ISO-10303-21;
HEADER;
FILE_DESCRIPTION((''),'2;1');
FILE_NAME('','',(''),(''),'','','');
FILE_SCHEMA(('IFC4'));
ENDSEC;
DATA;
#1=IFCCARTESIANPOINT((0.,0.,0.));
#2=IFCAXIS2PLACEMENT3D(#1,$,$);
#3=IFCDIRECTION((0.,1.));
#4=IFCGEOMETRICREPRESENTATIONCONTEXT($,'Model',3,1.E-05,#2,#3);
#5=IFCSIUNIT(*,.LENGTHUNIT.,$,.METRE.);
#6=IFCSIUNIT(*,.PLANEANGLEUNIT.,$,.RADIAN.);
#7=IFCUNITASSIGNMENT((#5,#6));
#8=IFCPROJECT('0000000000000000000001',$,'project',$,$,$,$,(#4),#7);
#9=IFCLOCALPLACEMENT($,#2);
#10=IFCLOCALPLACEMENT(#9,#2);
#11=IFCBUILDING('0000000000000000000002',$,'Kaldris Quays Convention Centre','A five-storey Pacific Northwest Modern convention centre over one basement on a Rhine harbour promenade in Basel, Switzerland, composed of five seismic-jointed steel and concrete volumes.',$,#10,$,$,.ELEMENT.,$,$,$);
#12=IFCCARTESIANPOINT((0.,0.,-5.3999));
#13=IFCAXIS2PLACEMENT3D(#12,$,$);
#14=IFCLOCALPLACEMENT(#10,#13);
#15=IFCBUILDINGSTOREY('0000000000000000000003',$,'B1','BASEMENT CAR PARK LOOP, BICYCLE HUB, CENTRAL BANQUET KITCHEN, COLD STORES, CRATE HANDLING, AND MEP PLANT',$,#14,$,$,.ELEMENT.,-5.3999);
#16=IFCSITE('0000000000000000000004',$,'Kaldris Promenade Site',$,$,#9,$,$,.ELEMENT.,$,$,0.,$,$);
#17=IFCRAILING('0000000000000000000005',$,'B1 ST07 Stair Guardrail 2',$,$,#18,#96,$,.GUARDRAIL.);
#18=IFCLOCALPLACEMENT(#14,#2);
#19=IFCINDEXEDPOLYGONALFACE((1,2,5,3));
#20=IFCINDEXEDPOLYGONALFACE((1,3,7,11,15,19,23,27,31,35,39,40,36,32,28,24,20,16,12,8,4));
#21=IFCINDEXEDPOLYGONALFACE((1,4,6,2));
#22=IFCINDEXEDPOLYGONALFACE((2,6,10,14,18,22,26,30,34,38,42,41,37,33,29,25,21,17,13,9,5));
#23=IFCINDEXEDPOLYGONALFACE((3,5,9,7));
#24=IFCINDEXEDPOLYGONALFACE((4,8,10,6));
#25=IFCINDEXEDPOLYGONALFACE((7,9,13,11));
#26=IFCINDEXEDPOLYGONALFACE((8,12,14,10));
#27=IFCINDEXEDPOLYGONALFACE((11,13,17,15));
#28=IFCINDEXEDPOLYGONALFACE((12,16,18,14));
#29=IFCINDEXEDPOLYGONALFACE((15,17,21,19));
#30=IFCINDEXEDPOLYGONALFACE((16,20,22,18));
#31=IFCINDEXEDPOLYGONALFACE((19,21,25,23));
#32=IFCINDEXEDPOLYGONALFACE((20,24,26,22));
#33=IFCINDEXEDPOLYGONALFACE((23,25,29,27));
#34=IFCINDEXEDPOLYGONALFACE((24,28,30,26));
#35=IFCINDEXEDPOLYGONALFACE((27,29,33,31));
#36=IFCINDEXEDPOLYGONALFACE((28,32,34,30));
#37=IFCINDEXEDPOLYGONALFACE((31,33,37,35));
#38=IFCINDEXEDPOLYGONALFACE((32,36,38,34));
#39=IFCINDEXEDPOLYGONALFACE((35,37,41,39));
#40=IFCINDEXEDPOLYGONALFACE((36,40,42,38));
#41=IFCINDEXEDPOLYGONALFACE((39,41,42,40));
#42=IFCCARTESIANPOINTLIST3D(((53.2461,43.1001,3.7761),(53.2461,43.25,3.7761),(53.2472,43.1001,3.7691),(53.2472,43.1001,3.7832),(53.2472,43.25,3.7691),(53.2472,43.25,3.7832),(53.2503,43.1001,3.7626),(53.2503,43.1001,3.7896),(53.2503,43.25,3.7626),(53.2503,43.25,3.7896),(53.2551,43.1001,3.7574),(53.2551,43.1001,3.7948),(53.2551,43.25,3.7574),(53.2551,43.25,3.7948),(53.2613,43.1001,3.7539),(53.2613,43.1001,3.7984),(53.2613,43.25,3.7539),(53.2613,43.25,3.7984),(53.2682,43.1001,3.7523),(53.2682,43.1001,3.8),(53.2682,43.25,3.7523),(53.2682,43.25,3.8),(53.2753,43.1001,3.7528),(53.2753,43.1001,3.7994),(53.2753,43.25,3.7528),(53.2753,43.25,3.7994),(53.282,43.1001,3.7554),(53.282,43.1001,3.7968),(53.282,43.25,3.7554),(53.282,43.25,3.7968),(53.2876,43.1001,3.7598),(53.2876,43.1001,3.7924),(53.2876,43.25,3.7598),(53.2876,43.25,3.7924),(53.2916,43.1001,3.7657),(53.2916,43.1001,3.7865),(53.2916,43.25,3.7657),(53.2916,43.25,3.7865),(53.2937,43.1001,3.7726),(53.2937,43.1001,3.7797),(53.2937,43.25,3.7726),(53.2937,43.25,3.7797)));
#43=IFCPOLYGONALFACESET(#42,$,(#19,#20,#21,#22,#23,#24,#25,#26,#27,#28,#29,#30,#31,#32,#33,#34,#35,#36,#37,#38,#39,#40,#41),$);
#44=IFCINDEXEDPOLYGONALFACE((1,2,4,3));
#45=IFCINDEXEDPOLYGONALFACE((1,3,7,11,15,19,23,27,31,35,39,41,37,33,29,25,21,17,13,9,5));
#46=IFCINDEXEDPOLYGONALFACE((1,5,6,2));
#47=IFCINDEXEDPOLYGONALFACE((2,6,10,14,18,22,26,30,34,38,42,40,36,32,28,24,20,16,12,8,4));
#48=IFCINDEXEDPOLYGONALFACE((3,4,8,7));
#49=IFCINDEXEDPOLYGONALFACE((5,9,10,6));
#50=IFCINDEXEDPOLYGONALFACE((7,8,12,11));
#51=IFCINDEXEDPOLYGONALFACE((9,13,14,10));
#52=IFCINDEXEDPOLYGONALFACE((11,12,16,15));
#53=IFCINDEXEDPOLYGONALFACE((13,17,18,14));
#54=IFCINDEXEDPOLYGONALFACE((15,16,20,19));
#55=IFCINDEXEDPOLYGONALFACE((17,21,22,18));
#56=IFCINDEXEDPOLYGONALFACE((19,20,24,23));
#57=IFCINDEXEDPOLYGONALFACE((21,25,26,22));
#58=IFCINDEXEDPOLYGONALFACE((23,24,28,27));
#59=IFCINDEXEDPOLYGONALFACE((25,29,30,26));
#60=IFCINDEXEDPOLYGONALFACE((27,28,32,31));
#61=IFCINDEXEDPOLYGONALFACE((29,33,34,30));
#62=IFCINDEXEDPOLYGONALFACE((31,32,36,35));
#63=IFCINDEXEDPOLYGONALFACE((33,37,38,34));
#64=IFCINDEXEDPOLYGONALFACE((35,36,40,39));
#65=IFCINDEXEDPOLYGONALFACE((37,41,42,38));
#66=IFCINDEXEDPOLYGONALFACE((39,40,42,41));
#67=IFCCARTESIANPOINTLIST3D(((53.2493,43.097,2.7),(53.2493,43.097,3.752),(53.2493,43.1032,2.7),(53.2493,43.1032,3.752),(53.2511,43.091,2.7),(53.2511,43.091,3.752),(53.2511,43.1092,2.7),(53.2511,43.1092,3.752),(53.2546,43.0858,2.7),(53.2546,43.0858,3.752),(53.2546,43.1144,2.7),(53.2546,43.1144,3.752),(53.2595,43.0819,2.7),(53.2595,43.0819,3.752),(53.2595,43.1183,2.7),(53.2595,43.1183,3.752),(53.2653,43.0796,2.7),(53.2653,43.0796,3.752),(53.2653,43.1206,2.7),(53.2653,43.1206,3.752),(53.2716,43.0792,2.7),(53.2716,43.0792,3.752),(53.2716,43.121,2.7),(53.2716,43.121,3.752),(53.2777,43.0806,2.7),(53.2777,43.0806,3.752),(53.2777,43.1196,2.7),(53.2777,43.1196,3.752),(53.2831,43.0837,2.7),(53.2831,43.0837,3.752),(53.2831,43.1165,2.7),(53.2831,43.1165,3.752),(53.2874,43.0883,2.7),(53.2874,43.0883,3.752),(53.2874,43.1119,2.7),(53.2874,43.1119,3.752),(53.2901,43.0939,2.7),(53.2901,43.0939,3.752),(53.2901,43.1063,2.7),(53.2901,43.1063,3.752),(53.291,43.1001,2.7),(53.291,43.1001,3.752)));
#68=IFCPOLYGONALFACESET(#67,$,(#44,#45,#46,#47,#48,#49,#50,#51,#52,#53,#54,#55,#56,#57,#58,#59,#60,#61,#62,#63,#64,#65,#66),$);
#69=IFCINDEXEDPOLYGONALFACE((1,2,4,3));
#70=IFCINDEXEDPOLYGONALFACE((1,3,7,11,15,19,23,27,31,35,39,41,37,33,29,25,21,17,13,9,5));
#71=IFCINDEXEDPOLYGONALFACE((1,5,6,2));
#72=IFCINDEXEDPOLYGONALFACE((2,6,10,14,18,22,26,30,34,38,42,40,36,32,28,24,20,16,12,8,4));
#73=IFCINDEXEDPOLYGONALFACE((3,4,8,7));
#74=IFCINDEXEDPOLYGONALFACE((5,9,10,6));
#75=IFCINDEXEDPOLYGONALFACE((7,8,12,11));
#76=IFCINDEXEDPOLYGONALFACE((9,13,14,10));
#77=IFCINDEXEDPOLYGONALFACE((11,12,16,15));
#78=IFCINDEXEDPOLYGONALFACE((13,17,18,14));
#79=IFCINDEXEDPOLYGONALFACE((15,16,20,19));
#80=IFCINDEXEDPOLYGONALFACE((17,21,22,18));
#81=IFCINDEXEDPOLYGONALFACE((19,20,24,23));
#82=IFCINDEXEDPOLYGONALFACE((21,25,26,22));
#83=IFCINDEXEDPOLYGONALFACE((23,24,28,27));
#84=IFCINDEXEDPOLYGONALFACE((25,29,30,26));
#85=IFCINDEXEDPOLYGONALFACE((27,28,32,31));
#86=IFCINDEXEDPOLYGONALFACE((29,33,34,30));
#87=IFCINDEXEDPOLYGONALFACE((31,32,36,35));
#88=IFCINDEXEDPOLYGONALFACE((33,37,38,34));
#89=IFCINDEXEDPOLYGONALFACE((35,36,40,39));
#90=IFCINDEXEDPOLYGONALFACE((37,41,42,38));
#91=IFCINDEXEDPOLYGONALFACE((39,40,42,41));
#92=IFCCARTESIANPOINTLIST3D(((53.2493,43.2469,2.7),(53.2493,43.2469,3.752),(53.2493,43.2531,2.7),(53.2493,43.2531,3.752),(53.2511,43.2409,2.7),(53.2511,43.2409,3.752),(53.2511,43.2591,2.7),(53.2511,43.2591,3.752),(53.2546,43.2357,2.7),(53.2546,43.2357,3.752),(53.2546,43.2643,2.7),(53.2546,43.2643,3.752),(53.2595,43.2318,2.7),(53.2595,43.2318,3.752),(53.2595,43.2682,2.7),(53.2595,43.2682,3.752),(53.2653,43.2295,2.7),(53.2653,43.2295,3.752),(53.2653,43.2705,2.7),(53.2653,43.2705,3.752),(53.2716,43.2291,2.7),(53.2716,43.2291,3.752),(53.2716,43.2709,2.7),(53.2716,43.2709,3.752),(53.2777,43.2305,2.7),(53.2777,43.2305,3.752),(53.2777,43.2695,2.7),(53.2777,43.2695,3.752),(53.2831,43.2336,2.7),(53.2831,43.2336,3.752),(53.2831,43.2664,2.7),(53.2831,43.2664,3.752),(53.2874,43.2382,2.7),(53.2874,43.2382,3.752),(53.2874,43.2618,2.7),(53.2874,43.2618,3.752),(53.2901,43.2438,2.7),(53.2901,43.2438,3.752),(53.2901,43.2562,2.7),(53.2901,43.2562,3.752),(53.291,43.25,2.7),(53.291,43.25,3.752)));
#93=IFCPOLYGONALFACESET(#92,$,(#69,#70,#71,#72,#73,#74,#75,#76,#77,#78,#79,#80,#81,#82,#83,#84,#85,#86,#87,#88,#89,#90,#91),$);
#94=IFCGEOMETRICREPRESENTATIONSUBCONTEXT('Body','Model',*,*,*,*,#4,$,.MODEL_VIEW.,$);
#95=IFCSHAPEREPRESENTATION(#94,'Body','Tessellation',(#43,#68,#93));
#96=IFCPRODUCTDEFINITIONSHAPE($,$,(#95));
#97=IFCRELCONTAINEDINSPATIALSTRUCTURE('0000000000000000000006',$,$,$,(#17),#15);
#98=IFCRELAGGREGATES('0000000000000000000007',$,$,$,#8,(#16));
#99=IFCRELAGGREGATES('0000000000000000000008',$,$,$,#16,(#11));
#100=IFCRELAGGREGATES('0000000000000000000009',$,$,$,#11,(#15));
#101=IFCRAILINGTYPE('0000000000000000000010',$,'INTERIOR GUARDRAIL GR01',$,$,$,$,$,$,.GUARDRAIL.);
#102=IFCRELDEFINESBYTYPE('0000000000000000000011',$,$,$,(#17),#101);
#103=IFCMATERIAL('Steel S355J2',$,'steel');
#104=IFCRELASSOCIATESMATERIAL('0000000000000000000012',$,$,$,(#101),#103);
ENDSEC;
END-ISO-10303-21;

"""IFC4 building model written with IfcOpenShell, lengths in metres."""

from ifc_helpers import new_model, si_unit, direction, frame, origin, origin_2d, place, context, subcontext, project, spatial, circle, extrude, material, type_object, element, save


model = new_model("IFC4")

# Units and contexts
model_context = context("Model", 3, precision=1e-05, world=origin(), true_north=direction((0.0, 1.0)))
body_context = subcontext(model_context, "Body", "Model", "MODEL_VIEW")
ifc_project = project(units=[si_unit("LENGTHUNIT", "METRE"), si_unit("PLANEANGLEUNIT", "RADIAN")], contexts=[model_context])

# Site, building, storey
site_placement = place(None, origin())
site = spatial("IfcSite", under=ifc_project, at=site_placement, Name="Kaldris Promenade Site", CompositionType="ELEMENT", RefElevation=0.0)
building_placement = place(site_placement, origin())
building = spatial("IfcBuilding", under=site, at=building_placement, Name="Kaldris Quays Convention Centre", Description="A five-storey Pacific Northwest Modern convention centre over one basement on a Rhine harbour promenade in Basel, Switzerland, composed of five seismic-jointed steel and concrete volumes.", CompositionType="ELEMENT")
storey_placement = place(building_placement, frame((0.0, 0.0, -5.3999)))
storey = spatial("IfcBuildingStorey", under=building, at=storey_placement, Name="B1", Description="BASEMENT CAR PARK LOOP, BICYCLE HUB, CENTRAL BANQUET KITCHEN, COLD STORES, CRATE HANDLING, AND MEP PLANT", CompositionType="ELEMENT", Elevation=-5.3999)

# Shared definitions
ifc_material_1 = material(Name="Steel S355J2", Category="steel")

# Railing
railing_type_1 = type_object("IfcRailingType", Name="INTERIOR GUARDRAIL GR01", PredefinedType="GUARDRAIL", material=ifc_material_1)
railing_1_placement = place(storey_placement, frame((53.27, 43.1001, 2.7)))
element("IfcRailing", 1, at=railing_1_placement, inside=storey, type_object=railing_type_1, Name="B1 ST07 Stair Guardrail 2", PredefinedType="GUARDRAIL", context=body_context, shape_type="SweptSolid", body=[
    extrude(circle(Radius=0.0239, at=origin_2d()), frame((0.0, 0.0, 1.0762), z_axis=(0.0, 1.0, 0.0), x_axis=(-1.0, 0.0, 0.0)), (0.0, 0.0, 1.0), 0.1499),
    extrude(circle(Radius=0.021, at=origin_2d()), origin(), (0.0, 0.0, 1.0), 1.052),
    extrude(circle(Radius=0.021, at=origin_2d()), frame((0.0, 0.1499, 0.0)), (0.0, 0.0, 1.0), 1.052),
])

save(model, "model.ifc")
